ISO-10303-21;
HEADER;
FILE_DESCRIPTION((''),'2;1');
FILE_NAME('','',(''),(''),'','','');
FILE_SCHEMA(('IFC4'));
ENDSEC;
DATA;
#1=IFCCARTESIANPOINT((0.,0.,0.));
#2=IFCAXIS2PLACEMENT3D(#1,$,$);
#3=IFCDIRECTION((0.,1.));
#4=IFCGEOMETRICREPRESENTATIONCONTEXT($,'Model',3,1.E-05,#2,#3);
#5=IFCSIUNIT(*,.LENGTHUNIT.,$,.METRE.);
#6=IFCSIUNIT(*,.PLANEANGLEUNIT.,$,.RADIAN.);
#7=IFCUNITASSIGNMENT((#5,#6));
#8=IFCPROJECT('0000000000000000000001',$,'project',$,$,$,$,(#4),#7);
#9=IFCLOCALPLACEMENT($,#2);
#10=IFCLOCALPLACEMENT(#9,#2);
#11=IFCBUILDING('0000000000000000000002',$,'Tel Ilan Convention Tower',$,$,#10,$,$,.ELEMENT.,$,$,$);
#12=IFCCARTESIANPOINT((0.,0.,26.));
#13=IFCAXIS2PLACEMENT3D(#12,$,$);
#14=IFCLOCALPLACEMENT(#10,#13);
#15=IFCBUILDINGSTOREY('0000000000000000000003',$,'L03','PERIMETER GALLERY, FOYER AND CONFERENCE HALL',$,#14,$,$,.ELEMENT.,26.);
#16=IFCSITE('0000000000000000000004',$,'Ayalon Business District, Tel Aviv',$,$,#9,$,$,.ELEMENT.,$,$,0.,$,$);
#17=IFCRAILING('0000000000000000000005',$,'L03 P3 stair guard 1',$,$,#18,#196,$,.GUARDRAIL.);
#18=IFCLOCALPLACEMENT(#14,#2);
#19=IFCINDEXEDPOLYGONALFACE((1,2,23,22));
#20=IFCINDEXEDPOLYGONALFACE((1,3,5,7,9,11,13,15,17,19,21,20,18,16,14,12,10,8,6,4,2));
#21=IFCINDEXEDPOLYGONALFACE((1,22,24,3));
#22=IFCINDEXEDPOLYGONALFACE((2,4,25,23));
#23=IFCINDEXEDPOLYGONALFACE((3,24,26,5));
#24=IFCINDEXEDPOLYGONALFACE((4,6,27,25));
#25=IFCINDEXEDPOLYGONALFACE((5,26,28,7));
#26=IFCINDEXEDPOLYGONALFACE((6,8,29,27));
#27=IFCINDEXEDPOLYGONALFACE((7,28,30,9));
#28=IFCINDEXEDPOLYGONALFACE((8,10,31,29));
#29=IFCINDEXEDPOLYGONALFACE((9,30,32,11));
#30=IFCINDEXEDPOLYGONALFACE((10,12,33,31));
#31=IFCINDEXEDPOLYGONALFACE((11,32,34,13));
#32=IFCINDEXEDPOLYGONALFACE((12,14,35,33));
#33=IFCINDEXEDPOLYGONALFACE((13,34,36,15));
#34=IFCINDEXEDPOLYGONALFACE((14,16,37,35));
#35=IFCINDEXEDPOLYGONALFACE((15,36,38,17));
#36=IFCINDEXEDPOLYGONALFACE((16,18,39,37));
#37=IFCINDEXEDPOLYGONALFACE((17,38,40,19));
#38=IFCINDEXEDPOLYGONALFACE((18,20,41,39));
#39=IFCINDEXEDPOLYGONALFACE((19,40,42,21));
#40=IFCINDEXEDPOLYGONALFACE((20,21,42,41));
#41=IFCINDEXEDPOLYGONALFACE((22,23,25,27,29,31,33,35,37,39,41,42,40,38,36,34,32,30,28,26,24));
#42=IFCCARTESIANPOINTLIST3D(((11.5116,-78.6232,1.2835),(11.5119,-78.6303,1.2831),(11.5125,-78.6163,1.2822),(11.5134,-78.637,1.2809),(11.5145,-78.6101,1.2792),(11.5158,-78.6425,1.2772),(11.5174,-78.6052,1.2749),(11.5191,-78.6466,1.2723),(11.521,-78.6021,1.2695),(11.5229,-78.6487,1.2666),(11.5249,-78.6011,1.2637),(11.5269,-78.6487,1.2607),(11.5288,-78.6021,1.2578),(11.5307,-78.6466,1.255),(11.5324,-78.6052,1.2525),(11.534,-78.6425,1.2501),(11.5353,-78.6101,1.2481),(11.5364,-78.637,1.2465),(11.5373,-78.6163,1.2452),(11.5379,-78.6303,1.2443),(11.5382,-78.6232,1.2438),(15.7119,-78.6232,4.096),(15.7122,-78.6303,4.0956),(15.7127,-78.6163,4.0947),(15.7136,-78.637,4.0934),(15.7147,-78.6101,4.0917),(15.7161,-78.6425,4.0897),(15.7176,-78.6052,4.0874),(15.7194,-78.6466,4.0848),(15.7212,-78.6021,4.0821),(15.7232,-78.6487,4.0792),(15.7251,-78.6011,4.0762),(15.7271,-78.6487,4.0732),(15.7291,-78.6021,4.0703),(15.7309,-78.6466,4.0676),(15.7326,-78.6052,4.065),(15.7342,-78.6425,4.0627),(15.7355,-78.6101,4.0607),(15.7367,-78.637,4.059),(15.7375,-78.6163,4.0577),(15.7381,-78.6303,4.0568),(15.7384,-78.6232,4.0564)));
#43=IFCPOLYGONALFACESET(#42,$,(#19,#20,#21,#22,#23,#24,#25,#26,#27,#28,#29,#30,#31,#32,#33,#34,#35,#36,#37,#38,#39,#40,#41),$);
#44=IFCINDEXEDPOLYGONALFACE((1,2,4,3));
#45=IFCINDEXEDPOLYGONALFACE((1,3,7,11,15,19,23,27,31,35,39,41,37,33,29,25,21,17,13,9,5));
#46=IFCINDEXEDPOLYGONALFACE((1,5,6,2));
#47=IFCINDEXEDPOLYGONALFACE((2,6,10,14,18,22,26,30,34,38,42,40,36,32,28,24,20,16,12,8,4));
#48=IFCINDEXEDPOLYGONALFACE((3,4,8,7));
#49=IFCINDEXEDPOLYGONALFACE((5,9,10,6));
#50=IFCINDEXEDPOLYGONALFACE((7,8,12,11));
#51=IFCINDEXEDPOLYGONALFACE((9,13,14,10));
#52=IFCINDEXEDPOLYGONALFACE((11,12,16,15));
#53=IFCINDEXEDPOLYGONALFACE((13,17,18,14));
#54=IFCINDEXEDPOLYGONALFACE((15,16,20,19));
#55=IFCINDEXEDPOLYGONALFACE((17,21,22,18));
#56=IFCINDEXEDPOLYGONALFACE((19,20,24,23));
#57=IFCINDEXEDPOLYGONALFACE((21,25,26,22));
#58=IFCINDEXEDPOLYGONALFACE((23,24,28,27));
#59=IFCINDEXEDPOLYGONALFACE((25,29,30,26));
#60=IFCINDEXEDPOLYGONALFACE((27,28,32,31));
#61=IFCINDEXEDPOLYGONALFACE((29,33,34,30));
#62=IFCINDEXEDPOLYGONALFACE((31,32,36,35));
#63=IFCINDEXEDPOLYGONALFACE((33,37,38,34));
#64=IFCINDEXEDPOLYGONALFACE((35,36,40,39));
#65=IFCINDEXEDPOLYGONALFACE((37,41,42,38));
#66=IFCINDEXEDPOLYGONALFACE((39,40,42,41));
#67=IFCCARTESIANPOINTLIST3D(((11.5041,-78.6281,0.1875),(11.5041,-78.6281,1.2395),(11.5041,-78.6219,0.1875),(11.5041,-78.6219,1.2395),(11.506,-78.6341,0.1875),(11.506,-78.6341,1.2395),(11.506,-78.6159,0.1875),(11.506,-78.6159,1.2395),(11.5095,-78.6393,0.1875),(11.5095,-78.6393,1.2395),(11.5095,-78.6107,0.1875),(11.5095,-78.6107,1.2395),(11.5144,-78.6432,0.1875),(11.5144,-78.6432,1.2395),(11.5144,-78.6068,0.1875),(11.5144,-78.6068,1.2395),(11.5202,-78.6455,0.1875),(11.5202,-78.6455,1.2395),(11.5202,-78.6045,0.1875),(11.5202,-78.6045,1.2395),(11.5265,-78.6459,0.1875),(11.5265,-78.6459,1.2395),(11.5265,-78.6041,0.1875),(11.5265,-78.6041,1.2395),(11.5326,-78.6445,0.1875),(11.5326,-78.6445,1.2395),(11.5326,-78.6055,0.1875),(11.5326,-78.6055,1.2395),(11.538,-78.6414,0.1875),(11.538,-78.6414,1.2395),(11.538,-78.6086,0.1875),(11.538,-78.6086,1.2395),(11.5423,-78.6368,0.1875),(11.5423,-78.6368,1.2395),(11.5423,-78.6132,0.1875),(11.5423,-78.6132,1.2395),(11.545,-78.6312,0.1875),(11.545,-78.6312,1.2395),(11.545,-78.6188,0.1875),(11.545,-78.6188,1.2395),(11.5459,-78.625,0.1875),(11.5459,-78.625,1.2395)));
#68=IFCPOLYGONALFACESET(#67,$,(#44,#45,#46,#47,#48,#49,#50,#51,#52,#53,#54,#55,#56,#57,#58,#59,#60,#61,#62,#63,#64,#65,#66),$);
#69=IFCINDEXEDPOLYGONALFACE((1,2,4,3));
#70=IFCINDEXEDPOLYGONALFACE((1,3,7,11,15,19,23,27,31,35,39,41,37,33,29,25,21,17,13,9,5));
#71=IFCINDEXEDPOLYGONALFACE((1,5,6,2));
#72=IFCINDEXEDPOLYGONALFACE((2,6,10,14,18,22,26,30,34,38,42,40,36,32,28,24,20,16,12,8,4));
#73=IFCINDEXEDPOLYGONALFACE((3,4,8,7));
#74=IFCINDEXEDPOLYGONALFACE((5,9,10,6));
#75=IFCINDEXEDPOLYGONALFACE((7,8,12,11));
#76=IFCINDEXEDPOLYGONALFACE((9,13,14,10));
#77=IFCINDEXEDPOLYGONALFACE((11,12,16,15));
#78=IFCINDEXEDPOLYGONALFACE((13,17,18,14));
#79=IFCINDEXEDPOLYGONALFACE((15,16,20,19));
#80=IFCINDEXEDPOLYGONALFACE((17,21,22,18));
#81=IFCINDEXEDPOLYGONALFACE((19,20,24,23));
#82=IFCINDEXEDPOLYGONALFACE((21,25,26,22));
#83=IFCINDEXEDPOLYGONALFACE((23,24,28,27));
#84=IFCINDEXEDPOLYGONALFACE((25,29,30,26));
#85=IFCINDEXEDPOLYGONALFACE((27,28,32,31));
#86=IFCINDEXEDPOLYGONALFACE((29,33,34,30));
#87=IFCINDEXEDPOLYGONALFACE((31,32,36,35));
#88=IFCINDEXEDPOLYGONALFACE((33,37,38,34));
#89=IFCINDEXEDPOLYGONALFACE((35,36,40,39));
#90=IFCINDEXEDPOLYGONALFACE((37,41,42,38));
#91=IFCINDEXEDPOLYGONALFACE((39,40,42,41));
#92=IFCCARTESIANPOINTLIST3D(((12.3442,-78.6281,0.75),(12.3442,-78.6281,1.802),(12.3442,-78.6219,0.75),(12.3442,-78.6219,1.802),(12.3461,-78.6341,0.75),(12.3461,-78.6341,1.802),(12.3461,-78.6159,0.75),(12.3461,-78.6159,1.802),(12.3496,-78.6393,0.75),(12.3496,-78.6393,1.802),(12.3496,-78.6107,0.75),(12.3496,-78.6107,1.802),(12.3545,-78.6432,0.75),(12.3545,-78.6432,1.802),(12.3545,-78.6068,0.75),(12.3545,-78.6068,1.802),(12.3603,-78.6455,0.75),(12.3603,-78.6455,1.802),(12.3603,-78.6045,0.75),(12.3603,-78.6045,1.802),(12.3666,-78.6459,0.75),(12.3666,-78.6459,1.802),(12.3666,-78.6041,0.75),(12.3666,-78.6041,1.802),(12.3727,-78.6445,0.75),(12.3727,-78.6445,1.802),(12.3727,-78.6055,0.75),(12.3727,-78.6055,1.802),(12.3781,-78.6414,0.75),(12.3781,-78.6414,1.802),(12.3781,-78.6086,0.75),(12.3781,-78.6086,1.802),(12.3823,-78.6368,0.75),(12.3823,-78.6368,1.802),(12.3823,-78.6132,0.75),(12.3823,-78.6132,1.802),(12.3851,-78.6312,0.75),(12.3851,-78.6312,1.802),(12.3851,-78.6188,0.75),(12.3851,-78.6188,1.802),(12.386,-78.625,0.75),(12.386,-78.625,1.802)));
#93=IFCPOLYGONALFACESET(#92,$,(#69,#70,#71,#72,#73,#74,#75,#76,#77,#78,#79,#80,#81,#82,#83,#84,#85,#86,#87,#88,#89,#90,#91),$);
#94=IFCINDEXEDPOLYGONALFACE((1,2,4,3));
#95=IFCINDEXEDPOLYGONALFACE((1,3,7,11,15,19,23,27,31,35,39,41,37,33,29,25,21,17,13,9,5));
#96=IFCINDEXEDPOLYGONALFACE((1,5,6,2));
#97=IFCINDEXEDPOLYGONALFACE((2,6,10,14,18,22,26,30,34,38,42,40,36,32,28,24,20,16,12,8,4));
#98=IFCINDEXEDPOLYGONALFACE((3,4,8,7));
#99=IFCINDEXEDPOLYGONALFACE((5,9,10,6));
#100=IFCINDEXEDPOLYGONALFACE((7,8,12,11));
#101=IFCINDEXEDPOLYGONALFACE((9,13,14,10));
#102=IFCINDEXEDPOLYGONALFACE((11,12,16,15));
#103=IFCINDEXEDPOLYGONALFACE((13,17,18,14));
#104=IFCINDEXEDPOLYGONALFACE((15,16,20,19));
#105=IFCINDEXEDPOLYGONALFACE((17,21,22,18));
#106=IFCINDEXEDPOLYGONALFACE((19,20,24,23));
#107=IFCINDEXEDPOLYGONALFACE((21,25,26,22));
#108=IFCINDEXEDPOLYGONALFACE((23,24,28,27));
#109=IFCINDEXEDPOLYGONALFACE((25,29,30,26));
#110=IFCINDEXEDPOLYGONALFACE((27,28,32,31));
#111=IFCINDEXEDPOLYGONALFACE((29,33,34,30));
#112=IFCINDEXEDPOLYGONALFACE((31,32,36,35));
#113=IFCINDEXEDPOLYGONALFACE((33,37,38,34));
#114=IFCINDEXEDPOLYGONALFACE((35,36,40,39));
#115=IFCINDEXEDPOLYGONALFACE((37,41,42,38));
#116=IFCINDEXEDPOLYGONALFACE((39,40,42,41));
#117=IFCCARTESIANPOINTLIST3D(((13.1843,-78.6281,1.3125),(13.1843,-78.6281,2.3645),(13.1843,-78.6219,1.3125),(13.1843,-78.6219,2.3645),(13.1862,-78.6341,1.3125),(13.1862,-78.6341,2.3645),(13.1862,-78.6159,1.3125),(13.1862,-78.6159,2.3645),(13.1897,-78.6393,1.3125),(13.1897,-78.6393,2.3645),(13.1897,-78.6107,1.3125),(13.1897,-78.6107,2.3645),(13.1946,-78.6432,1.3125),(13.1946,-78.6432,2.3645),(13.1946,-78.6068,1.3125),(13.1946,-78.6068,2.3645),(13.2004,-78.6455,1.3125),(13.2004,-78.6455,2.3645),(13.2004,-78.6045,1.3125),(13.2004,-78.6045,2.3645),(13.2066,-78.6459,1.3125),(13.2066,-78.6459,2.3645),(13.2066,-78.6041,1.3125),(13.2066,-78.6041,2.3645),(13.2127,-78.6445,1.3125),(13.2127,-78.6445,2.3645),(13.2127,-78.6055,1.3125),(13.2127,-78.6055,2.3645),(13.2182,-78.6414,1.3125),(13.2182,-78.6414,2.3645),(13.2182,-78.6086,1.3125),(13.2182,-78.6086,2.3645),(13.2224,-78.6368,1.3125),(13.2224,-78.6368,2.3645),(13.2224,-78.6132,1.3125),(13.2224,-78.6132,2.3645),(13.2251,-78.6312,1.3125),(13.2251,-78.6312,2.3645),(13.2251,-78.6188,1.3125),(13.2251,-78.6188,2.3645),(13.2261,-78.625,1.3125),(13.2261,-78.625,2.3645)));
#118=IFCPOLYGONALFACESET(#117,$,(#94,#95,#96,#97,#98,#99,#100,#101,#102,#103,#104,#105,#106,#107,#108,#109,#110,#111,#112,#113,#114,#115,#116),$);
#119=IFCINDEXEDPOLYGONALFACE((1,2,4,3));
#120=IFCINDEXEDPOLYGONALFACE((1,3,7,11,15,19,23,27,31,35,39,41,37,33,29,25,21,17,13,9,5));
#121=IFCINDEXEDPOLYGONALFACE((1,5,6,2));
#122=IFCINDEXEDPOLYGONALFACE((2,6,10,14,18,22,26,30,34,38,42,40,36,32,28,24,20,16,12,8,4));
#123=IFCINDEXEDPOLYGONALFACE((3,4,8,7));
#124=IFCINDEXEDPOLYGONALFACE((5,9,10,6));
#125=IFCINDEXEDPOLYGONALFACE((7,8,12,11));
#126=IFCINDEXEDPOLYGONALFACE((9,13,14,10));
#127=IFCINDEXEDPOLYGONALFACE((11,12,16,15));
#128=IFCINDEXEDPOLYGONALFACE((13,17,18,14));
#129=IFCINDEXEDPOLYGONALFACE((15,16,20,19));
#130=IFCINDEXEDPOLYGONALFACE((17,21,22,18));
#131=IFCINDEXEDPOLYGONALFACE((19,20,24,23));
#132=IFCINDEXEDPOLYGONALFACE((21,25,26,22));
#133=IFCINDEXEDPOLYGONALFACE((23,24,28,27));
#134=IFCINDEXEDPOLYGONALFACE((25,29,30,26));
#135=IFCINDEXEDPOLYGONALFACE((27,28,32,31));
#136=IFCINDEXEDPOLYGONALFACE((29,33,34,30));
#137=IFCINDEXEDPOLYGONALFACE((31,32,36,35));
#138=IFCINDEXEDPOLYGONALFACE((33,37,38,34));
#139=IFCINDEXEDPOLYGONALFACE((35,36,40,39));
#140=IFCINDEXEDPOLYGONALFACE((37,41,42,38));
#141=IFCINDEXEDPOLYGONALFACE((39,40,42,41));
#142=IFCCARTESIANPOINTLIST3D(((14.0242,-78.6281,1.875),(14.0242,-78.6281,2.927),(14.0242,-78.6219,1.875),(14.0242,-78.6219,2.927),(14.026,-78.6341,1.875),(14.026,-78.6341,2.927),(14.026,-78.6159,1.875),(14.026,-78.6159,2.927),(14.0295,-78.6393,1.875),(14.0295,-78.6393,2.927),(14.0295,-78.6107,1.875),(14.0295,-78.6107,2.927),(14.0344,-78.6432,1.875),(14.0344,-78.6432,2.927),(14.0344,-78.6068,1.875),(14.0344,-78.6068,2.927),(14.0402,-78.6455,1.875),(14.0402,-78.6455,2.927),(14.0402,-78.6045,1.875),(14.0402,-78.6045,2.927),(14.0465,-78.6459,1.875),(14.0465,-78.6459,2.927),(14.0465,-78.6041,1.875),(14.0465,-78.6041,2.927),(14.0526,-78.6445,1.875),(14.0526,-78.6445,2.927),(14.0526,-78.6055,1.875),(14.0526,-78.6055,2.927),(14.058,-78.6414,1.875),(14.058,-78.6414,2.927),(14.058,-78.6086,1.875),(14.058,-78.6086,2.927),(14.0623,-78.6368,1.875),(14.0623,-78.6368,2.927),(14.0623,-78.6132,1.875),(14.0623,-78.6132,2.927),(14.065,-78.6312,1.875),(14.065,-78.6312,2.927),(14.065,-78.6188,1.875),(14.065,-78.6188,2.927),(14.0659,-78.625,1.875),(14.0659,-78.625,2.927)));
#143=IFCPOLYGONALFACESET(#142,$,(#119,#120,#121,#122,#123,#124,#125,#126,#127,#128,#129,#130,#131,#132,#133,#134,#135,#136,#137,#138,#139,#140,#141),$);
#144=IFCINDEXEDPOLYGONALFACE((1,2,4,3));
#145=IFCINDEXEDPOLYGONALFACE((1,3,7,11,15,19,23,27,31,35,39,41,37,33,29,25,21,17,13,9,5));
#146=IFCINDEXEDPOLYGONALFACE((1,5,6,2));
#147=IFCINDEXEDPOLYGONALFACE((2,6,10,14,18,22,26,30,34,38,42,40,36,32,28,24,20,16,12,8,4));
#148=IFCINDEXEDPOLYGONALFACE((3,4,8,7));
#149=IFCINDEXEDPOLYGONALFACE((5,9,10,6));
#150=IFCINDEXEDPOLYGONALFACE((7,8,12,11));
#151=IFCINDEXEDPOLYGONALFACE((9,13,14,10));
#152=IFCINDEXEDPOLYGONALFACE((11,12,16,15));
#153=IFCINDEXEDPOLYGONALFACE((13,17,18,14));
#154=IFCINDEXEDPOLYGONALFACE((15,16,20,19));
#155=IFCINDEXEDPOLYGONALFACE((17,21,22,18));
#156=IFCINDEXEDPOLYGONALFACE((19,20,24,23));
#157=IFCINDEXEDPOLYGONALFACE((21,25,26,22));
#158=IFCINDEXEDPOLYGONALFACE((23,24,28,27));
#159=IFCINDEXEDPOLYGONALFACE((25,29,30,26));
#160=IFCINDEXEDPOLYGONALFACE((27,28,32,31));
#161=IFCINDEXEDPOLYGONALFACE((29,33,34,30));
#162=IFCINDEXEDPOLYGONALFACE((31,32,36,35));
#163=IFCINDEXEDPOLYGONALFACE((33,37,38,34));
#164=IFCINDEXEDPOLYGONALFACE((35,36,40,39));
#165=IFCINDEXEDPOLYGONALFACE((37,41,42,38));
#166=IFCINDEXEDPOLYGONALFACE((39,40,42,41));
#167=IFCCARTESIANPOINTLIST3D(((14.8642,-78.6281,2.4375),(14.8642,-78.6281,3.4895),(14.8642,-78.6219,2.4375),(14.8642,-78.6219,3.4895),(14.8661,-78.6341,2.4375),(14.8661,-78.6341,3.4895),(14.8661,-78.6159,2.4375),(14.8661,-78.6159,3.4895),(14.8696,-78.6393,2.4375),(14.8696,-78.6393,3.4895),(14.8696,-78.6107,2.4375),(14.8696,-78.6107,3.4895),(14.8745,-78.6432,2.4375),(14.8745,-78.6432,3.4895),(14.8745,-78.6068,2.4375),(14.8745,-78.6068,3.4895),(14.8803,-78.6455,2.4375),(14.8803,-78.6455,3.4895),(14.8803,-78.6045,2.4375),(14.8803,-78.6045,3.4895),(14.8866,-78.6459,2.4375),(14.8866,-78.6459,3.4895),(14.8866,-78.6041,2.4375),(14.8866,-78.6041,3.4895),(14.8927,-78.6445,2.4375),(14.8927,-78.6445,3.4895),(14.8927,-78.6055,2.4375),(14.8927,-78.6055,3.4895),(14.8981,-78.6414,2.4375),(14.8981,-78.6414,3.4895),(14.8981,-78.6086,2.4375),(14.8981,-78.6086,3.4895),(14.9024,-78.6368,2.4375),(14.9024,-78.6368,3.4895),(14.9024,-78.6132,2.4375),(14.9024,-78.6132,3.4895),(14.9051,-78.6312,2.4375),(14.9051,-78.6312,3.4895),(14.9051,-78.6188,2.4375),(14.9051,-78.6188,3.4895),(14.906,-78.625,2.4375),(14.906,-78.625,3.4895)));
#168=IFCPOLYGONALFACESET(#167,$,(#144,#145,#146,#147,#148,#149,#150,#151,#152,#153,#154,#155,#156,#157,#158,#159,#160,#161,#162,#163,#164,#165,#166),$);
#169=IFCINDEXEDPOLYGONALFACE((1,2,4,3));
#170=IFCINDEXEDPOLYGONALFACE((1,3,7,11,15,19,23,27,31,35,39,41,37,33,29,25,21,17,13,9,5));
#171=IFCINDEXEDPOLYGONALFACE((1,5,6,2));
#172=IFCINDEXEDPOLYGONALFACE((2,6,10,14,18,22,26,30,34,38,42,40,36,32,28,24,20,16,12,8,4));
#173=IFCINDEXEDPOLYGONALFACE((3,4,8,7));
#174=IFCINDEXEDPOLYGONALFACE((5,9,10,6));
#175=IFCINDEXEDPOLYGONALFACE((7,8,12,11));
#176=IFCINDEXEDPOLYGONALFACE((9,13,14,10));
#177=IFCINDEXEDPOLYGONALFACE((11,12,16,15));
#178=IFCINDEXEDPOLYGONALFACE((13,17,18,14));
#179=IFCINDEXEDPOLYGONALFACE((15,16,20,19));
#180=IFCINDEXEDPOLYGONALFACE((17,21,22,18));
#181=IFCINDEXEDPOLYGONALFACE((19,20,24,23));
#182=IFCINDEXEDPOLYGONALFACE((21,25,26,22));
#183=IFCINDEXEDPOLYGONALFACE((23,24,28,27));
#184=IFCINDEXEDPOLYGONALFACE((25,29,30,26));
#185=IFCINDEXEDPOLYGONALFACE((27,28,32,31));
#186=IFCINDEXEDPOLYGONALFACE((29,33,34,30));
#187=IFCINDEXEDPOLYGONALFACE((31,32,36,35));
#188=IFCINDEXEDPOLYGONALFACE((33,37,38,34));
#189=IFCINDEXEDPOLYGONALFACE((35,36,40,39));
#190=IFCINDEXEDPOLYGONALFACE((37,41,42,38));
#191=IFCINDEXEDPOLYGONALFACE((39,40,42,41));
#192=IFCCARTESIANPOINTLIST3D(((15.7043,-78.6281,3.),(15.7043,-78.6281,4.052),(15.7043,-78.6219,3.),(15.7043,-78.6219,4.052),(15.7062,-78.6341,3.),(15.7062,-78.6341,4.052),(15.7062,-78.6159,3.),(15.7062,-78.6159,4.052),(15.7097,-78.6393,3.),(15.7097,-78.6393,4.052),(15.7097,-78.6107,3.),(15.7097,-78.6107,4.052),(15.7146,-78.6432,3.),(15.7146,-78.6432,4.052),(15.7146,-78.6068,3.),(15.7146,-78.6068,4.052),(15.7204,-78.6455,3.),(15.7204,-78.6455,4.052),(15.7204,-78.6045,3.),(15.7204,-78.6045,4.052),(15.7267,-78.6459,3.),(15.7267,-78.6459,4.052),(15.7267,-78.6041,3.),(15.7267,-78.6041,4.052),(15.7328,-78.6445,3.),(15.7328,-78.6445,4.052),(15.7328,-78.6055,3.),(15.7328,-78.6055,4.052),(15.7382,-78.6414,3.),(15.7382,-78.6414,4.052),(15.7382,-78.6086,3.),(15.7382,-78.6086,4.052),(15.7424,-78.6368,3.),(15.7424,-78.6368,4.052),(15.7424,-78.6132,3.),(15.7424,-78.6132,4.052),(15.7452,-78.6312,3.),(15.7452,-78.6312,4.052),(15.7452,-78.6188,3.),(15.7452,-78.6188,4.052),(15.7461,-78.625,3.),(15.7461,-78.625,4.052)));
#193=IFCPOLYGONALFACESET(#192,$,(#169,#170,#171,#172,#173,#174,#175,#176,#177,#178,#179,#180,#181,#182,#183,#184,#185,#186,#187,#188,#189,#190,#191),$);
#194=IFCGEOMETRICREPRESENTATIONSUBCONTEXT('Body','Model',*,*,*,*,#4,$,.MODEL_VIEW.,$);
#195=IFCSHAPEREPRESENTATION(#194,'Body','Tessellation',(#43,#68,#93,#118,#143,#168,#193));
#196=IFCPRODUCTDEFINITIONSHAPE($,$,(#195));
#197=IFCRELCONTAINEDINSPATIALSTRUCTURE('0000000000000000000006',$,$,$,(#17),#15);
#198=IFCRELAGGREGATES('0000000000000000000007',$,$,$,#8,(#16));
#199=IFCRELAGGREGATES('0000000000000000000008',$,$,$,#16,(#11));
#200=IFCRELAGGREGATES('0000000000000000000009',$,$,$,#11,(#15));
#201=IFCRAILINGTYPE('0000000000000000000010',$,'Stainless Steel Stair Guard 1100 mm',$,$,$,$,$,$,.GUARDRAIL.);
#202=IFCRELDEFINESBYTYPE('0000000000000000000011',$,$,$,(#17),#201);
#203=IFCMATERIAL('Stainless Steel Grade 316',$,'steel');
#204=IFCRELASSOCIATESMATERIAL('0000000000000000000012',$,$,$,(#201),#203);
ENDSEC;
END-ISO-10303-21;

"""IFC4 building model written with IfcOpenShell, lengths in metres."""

from ifc_helpers import new_model, si_unit, direction, frame, origin, origin_2d, place, context, subcontext, project, spatial, circle, extrude, material, type_object, element, save


model = new_model("IFC4")

# Units and contexts
model_context = context("Model", 3, precision=1e-05, world=origin(), true_north=direction((0.0, 1.0)))
body_context = subcontext(model_context, "Body", "Model", "MODEL_VIEW")
ifc_project = project(units=[si_unit("LENGTHUNIT", "METRE"), si_unit("PLANEANGLEUNIT", "RADIAN")], contexts=[model_context])

# Site, building, storey
site_placement = place(None, origin())
site = spatial("IfcSite", under=ifc_project, at=site_placement, Name="Ayalon Business District, Tel Aviv", CompositionType="ELEMENT", RefElevation=0.0)
building_placement = place(site_placement, origin())
building = spatial("IfcBuilding", under=site, at=building_placement, Name="Tel Ilan Convention Tower", CompositionType="ELEMENT")
storey_placement = place(building_placement, frame((0.0, 0.0, 26.0)))
storey = spatial("IfcBuildingStorey", under=building, at=storey_placement, Name="L03", Description="PERIMETER GALLERY, FOYER AND CONFERENCE HALL", CompositionType="ELEMENT", Elevation=26.0)

# Railing
ifc_material_1 = material(Name="Stainless Steel Grade 316", Category="steel")
railing_type_1 = type_object("IfcRailingType", Name="Stainless Steel Stair Guard 1100 mm", PredefinedType="GUARDRAIL", material=ifc_material_1)
railing_1_placement = place(storey_placement, frame((11.5249, -78.625, 0.1875)))
element("IfcRailing", 1, at=railing_1_placement, inside=storey, type_object=railing_type_1, Name="L03 P3 stair guard 1", PredefinedType="GUARDRAIL", context=body_context, shape_type="SweptSolid", body=[
    extrude(circle(Radius=0.0239, at=origin_2d()), frame((0.0, 0.0, 1.0762), z_axis=(0.830919, 0.0, 0.556393), x_axis=(0.0, 1.0, 0.0)), (0.0, 0.0, 1.0), 5.0549),
    extrude(circle(Radius=0.021, at=origin_2d()), origin(), (0.0, 0.0, 1.0), 1.052),
    extrude(circle(Radius=0.021, at=origin_2d()), frame((0.8401, 0.0, 0.5625)), (0.0, 0.0, 1.0), 1.052),
    extrude(circle(Radius=0.021, at=origin_2d()), frame((1.6802, 0.0, 1.125)), (0.0, 0.0, 1.0), 1.052),
    extrude(circle(Radius=0.021, at=origin_2d()), frame((2.52, 0.0, 1.6875)), (0.0, 0.0, 1.0), 1.052),
    extrude(circle(Radius=0.021, at=origin_2d()), frame((3.3601, 0.0, 2.25)), (0.0, 0.0, 1.0), 1.052),
    extrude(circle(Radius=0.021, at=origin_2d()), frame((4.2002, 0.0, 2.8125)), (0.0, 0.0, 1.0), 1.052),
])

save(model, "model.ifc")
